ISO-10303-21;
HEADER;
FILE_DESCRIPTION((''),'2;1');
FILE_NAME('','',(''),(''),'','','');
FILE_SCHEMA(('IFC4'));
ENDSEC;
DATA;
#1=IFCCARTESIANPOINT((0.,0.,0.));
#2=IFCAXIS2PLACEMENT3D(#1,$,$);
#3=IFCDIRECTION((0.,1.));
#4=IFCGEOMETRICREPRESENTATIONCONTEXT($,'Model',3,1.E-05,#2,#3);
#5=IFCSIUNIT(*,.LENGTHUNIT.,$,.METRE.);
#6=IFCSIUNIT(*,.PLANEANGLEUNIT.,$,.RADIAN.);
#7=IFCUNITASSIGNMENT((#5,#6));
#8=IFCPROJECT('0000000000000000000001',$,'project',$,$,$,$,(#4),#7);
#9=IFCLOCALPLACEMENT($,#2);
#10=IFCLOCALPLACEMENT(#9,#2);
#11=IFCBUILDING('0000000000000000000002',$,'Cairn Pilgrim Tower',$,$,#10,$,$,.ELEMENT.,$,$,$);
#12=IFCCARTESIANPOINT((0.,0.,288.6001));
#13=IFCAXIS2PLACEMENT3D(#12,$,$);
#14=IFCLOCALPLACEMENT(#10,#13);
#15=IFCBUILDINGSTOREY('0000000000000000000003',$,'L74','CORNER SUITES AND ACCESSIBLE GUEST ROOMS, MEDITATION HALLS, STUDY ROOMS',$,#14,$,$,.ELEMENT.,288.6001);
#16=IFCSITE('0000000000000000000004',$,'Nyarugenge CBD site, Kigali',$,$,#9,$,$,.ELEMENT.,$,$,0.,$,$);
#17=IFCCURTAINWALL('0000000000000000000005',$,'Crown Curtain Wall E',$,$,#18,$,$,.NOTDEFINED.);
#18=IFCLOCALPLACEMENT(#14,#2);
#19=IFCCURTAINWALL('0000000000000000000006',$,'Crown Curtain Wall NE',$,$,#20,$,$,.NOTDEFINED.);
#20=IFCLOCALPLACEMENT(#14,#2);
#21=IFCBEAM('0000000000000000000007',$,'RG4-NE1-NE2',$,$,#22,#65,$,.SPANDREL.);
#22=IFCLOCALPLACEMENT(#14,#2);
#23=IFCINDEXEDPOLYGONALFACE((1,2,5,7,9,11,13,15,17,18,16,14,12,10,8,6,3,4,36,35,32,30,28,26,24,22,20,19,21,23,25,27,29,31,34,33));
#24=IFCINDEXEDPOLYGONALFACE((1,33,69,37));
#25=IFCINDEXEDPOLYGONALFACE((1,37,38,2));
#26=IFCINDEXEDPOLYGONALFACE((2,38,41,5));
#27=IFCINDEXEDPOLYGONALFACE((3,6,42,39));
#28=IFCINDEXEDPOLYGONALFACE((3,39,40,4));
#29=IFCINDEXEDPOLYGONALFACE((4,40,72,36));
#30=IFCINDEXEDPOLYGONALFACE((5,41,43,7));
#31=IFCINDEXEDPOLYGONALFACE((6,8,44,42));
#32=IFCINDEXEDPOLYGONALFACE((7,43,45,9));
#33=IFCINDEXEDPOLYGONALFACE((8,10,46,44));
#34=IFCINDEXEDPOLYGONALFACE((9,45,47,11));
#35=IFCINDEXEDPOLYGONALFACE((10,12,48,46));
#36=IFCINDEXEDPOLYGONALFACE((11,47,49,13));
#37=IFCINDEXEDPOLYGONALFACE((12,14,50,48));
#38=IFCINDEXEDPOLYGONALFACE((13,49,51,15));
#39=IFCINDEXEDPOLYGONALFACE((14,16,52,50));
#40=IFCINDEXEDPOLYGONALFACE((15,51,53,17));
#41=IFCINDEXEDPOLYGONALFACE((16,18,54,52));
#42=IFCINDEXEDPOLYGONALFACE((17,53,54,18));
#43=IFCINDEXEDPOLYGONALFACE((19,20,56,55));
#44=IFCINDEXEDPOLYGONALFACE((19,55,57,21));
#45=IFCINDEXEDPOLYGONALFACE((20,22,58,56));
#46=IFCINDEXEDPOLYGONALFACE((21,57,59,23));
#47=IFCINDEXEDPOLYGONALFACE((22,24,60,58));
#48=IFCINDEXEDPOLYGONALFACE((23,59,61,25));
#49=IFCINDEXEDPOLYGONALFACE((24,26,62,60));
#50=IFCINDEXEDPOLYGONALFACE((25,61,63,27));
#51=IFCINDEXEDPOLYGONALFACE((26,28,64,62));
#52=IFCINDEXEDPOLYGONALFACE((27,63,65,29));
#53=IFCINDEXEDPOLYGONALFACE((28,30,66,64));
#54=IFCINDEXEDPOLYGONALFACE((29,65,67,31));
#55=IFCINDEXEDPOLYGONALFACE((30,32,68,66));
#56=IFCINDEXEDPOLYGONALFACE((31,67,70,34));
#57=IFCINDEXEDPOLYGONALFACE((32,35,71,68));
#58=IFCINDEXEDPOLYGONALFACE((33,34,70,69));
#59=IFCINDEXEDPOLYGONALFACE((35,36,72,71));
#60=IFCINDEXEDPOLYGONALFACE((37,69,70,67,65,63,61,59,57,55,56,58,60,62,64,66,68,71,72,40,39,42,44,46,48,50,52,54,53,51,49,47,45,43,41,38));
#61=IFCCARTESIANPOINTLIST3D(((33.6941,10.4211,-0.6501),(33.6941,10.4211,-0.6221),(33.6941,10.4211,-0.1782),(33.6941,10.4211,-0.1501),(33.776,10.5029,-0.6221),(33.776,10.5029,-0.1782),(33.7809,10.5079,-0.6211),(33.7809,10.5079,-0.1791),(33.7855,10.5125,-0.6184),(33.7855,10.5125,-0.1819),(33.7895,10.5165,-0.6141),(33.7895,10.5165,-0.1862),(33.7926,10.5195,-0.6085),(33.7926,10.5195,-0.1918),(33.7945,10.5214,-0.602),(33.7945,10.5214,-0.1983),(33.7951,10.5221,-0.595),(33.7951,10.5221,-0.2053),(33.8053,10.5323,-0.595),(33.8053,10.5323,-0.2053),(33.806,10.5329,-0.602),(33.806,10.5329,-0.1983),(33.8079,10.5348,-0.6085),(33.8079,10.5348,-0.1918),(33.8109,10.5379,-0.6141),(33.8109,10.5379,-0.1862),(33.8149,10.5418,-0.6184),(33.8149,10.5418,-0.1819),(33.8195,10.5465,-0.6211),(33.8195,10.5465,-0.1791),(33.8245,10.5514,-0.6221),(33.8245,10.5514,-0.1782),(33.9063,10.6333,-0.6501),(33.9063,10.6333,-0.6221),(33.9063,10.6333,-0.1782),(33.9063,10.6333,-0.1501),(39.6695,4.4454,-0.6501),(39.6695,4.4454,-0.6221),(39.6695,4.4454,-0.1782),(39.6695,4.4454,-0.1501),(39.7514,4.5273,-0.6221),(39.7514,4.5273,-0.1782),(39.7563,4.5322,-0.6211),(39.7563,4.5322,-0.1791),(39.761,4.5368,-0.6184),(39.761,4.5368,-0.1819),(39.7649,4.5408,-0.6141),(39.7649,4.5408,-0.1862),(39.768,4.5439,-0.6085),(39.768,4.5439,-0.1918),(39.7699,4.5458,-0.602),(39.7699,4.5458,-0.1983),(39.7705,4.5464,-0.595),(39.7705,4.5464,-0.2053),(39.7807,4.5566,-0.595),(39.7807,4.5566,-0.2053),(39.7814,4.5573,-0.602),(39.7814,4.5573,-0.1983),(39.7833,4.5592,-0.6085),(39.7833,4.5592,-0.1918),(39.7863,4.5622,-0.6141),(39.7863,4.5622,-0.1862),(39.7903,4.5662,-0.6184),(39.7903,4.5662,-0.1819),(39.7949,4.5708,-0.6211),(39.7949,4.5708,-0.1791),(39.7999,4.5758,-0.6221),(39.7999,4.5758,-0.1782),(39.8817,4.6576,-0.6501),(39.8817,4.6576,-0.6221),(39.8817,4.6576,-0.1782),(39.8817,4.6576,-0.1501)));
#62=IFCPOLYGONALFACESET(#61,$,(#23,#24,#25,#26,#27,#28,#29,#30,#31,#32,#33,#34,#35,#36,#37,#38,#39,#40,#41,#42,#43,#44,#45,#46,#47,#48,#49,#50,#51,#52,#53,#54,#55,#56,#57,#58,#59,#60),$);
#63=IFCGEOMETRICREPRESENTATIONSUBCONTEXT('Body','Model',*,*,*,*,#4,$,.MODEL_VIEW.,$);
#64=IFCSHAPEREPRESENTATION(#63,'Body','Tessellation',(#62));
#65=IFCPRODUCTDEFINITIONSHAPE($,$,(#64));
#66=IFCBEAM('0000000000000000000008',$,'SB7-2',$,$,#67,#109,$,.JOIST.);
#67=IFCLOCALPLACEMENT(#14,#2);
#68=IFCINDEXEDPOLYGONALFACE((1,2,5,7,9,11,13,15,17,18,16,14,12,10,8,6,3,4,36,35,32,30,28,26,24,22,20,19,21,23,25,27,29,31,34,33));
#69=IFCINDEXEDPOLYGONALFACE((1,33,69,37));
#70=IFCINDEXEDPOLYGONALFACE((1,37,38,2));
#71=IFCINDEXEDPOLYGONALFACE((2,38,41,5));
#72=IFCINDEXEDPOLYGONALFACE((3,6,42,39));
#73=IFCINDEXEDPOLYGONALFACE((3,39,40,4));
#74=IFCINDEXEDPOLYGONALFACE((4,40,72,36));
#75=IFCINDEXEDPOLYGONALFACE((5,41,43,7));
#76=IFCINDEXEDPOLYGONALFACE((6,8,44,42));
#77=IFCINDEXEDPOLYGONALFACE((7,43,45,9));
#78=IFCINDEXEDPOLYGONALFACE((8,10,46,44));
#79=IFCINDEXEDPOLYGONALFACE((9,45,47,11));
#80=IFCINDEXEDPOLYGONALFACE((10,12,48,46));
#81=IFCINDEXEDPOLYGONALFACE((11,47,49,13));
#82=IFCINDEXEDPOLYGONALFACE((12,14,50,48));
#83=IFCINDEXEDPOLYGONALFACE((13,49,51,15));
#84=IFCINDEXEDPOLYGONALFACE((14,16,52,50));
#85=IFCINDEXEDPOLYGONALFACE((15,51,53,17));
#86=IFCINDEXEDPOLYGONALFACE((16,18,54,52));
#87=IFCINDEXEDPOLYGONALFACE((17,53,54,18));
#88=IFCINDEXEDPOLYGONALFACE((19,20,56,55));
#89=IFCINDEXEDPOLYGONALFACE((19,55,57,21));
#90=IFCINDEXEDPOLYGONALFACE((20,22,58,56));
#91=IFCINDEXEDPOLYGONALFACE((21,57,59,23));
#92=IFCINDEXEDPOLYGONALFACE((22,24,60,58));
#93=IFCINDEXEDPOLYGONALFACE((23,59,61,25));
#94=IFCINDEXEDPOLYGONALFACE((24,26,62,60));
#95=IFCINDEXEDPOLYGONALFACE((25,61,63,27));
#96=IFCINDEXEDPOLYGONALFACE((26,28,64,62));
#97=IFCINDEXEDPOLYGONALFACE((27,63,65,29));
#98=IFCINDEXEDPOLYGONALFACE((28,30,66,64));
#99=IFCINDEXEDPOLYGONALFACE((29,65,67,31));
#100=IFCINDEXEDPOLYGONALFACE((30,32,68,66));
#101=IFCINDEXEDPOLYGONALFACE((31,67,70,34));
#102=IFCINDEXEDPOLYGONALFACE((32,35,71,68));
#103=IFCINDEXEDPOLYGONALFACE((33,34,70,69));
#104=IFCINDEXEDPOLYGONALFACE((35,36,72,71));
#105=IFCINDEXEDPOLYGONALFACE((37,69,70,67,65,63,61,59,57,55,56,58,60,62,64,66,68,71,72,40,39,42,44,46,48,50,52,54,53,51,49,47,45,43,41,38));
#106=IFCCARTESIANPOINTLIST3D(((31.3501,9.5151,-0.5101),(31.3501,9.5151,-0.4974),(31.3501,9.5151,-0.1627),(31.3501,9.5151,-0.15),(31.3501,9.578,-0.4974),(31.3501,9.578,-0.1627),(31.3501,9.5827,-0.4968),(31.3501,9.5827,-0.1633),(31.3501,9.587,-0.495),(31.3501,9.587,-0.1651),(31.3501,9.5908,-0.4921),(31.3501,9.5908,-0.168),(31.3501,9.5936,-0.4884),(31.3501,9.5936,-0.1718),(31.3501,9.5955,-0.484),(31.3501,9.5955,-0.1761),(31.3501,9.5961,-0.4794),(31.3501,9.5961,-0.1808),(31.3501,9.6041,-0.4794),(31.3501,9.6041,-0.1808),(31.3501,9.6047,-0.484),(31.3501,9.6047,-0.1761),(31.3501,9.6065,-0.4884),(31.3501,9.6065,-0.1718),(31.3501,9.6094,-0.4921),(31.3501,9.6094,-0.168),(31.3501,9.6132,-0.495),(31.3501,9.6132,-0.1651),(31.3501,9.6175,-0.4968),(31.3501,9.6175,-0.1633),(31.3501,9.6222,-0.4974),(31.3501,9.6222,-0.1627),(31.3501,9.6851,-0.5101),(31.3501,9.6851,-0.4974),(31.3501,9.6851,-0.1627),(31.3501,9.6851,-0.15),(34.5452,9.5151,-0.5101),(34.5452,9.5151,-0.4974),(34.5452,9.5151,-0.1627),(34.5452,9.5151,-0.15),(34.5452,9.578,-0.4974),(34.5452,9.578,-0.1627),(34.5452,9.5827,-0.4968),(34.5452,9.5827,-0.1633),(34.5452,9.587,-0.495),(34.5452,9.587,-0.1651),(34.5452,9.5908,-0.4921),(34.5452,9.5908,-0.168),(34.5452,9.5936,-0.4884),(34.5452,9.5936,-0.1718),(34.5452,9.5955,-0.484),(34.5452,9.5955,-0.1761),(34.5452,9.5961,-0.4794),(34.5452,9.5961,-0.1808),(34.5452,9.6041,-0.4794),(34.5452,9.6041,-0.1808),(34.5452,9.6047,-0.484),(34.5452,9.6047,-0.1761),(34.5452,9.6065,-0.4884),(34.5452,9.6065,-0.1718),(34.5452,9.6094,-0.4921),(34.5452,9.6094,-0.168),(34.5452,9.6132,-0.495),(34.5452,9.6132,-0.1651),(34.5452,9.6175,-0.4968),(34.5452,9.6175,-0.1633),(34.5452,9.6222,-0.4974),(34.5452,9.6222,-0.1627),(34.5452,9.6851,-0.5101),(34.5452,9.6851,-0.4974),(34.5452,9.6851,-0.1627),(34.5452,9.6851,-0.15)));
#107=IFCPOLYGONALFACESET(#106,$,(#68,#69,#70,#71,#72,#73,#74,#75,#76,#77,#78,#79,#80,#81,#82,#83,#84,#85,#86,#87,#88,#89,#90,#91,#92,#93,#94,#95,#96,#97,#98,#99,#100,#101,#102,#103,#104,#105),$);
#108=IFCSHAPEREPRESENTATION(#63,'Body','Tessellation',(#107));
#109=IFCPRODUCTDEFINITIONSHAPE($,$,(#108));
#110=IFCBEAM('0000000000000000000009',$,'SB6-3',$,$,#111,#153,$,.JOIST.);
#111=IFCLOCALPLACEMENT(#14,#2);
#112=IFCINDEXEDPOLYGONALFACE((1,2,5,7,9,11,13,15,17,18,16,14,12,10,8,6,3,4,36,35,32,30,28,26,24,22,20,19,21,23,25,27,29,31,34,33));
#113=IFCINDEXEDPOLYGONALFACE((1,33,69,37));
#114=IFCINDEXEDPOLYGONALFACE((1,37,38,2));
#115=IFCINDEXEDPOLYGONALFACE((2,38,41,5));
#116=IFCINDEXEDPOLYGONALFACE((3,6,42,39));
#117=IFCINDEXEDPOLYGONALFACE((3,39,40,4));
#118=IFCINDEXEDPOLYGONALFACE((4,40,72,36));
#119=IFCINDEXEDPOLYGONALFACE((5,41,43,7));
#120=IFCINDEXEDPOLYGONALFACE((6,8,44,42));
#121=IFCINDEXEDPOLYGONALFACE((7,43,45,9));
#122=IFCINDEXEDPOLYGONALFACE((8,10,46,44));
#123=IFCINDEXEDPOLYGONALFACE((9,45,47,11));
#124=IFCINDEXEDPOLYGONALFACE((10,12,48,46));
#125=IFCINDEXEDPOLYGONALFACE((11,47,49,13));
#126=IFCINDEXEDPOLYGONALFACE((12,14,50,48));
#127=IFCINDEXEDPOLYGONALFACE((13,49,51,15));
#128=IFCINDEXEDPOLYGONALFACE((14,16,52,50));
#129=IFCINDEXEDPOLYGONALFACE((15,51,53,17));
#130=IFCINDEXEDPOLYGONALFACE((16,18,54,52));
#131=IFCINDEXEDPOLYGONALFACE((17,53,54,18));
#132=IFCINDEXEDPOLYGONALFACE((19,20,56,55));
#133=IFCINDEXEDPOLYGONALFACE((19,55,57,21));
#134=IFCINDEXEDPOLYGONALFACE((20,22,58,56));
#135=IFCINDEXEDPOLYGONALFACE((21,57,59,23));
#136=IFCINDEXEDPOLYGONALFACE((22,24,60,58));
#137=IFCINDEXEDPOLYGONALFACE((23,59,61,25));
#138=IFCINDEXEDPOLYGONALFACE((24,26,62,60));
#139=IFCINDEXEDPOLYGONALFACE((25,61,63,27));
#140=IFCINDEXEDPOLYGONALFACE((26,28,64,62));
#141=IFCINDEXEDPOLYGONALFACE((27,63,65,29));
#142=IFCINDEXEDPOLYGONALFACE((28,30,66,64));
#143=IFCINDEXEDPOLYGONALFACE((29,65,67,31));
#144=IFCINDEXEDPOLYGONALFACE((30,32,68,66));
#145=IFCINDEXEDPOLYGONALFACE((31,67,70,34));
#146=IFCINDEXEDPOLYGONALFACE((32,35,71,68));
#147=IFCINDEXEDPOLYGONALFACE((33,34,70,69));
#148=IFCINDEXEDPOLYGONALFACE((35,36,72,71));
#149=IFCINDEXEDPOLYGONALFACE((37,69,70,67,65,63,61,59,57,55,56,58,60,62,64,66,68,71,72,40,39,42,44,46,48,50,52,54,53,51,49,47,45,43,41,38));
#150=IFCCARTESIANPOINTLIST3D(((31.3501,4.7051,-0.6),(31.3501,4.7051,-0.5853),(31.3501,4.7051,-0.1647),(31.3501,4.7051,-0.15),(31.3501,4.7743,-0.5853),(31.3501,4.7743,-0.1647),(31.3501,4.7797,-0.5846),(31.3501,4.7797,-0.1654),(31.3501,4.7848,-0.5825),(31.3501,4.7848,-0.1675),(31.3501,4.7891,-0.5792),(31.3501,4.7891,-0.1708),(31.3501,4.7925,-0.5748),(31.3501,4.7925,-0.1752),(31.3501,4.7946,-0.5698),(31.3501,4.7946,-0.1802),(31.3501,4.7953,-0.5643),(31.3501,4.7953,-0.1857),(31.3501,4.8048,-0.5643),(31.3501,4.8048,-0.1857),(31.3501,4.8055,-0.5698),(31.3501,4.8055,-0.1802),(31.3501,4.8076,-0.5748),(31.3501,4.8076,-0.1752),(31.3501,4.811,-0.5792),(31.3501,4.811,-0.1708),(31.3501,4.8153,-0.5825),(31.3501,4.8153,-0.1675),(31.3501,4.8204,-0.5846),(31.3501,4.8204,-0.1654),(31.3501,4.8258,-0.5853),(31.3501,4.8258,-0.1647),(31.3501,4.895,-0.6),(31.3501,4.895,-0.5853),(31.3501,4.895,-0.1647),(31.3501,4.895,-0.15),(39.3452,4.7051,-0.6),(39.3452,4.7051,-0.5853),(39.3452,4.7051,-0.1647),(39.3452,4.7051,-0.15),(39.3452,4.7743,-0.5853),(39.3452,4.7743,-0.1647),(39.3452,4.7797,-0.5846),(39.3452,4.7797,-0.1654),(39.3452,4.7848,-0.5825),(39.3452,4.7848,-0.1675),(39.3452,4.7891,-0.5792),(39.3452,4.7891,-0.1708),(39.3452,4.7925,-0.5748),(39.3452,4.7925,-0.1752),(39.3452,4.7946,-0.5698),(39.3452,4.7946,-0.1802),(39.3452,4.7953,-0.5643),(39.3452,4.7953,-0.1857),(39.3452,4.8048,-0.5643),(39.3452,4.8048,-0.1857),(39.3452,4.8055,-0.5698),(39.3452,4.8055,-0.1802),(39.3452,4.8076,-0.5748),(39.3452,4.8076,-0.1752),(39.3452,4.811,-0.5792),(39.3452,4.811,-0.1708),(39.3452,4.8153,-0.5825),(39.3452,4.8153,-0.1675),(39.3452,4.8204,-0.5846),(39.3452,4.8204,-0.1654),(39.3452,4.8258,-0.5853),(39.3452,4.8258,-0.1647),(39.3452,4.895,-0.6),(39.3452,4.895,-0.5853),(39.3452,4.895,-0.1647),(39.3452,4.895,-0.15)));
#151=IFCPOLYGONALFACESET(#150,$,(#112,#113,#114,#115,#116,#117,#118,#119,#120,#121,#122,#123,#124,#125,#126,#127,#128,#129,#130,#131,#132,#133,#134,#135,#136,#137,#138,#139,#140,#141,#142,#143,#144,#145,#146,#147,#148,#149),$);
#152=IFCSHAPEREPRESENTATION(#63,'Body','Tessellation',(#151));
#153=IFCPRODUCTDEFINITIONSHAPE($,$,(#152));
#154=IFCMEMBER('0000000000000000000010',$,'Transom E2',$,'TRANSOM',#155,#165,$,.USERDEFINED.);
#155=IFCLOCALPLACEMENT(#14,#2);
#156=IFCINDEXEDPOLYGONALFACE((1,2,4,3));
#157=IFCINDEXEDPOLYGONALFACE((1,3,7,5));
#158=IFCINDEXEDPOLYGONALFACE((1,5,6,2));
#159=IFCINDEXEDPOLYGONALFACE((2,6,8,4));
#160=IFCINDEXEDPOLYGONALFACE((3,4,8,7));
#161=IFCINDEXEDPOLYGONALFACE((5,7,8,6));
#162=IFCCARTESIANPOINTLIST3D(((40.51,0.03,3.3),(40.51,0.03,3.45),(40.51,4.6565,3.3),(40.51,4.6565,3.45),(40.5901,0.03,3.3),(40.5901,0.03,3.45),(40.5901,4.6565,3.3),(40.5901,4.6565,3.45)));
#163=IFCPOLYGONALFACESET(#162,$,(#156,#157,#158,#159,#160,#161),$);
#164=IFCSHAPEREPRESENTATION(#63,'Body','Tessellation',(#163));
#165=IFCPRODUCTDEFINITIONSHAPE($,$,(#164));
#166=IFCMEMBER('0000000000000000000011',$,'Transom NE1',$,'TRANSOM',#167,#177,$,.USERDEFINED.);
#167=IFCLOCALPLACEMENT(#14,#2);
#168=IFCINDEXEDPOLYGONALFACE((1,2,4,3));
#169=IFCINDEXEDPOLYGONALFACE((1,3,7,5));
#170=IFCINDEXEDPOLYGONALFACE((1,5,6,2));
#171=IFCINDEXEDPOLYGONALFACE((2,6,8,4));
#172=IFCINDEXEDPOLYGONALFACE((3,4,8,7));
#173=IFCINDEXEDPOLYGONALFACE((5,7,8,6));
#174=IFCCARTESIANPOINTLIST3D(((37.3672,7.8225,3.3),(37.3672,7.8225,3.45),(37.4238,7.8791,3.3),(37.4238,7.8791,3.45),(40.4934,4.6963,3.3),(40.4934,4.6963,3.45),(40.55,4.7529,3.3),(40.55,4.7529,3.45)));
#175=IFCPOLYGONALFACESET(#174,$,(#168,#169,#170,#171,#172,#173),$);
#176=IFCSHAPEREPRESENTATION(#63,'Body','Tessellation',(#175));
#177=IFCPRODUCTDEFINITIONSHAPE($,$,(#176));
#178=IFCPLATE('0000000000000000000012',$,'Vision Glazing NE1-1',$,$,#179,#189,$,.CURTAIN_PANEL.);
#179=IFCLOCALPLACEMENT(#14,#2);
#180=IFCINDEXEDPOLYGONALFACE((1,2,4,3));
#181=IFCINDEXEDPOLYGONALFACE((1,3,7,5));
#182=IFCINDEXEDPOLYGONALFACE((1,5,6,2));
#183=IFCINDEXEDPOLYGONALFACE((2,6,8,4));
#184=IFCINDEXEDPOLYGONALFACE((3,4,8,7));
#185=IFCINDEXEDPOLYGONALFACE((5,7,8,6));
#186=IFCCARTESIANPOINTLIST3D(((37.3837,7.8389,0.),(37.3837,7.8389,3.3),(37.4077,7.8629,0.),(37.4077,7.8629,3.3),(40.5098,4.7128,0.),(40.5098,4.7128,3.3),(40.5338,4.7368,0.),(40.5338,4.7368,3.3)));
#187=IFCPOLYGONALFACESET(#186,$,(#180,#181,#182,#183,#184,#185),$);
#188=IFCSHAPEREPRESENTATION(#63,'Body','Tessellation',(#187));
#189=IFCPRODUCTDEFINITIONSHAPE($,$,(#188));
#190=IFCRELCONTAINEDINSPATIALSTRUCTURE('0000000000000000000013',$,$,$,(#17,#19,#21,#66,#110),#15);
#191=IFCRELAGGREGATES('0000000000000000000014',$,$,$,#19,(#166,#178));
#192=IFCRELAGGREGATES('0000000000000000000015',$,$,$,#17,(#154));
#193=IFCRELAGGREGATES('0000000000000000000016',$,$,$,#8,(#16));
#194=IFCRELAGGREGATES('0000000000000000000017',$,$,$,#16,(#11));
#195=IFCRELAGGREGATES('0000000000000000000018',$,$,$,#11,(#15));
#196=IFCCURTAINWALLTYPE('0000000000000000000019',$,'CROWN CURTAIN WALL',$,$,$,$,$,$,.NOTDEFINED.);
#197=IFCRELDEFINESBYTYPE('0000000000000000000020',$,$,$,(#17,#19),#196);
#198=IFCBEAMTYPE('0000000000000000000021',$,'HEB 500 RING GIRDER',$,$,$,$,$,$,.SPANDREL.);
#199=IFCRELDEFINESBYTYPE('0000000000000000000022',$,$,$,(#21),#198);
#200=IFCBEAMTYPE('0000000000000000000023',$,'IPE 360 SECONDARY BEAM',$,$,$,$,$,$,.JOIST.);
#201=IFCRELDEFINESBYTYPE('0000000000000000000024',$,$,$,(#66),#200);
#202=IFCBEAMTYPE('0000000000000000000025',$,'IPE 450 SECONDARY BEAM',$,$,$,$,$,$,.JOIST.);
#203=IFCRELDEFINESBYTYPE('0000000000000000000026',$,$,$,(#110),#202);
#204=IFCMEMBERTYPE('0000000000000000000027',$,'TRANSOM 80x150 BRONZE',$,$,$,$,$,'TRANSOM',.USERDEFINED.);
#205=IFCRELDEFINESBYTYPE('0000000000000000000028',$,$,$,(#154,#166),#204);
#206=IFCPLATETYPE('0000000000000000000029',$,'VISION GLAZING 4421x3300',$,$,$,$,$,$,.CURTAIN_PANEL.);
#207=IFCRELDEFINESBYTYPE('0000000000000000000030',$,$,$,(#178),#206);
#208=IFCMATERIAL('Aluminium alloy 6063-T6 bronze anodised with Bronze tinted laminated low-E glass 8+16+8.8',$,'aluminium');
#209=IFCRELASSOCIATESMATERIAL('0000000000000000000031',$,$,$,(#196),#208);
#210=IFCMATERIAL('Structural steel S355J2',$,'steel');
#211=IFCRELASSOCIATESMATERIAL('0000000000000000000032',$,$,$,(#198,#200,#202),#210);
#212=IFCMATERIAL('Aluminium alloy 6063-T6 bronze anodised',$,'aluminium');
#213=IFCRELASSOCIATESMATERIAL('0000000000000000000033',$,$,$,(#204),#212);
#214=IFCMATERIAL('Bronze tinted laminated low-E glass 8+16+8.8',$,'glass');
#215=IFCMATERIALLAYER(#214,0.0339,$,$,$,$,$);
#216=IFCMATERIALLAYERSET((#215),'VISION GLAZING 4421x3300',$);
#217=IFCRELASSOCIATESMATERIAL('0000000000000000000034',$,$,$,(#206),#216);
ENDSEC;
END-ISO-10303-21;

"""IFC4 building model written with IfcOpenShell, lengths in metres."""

from ifc_helpers import new_model, si_unit, direction, frame, origin, origin_2d, place, context, subcontext, project, spatial, rectangle, i_section, extrude, material, layer, layer_set, material_profile, profile_set, type_object, element, aggregate, save


model = new_model("IFC4")

# Units and contexts
model_context = context("Model", 3, precision=1e-05, world=origin(), true_north=direction((0.0, 1.0)))
body_context = subcontext(model_context, "Body", "Model", "MODEL_VIEW")
ifc_project = project(units=[si_unit("LENGTHUNIT", "METRE"), si_unit("PLANEANGLEUNIT", "RADIAN")], contexts=[model_context])

# Site, building, storey
site_placement = place(None, origin())
site = spatial("IfcSite", under=ifc_project, at=site_placement, Name="Nyarugenge CBD site, Kigali", CompositionType="ELEMENT", RefElevation=0.0)
building_placement = place(site_placement, origin())
building = spatial("IfcBuilding", under=site, at=building_placement, Name="Cairn Pilgrim Tower", CompositionType="ELEMENT")
storey_placement = place(building_placement, frame((0.0, 0.0, 288.6001)))
storey = spatial("IfcBuildingStorey", under=building, at=storey_placement, Name="L74", Description="CORNER SUITES AND ACCESSIBLE GUEST ROOMS, MEDITATION HALLS, STUDY ROOMS", CompositionType="ELEMENT", Elevation=288.6001)

# Shared definitions
ifc_material_1 = material(Name="Structural steel S355J2", Category="steel")

# Curtain wall
ifc_material_2 = material(Name="Aluminium alloy 6063-T6 bronze anodised with Bronze tinted laminated low-E glass 8+16+8.8", Category="aluminium")
curtain_wall_type = type_object("IfcCurtainWallType", Name="CROWN CURTAIN WALL", PredefinedType="NOTDEFINED", material=ifc_material_2)
curtain_wall_1_placement = place(storey_placement, origin())
curtain_wall_1 = element("IfcCurtainWall", 1, at=curtain_wall_1_placement, inside=storey, type_object=curtain_wall_type, Name="Crown Curtain Wall E", PredefinedType="NOTDEFINED")
ifc_material_3 = material(Name="Aluminium alloy 6063-T6 bronze anodised", Category="aluminium")

# Curtain wall
curtain_wall_2_placement = place(storey_placement, origin())
curtain_wall_2 = element("IfcCurtainWall", 2, at=curtain_wall_2_placement, inside=storey, type_object=curtain_wall_type, Name="Crown Curtain Wall NE", PredefinedType="NOTDEFINED")

# Beams
ifc_material_profile_1 = material_profile(ifc_material_1, i_section(OverallWidth=0.3, OverallDepth=0.5, WebThickness=0.0144, FlangeThickness=0.0281, FilletRadius=0.0271, at=origin_2d()), Name="HEB 500")
ifc_profile_set_1 = profile_set([ifc_material_profile_1], Name="Structural steel S355J2")
beam_type_1 = type_object("IfcBeamType", Name="HEB 500 RING GIRDER", PredefinedType="SPANDREL", material=ifc_profile_set_1)
beam_1_placement = place(storey_placement, frame((39.7756, 4.5515, -0.4001), z_axis=(-0.707092, 0.707121, 0.0), x_axis=(-0.707121, -0.707092, 0.0)))
element("IfcBeam", 3, at=beam_1_placement, inside=storey, type_object=beam_type_1, Name="RG4-NE1-NE2", PredefinedType="SPANDREL", context=body_context, shape_type="SweptSolid", body=[
    extrude(i_section(OverallWidth=0.3, OverallDepth=0.5, WebThickness=0.0144, FlangeThickness=0.0281, FilletRadius=0.0271, at=origin_2d()), origin(), (0.0, 0.0, 1.0), 8.4507),
])
ifc_material_profile_2 = material_profile(ifc_material_1, i_section(OverallWidth=0.1699, OverallDepth=0.3601, WebThickness=0.0081, FlangeThickness=0.0127, FilletRadius=0.0181, at=origin_2d()), Name="IPE 360")
ifc_profile_set_2 = profile_set([ifc_material_profile_2], Name="Structural steel S355J2")
beam_type_2 = type_object("IfcBeamType", Name="IPE 360 SECONDARY BEAM", PredefinedType="JOIST", material=ifc_profile_set_2)
beam_2_placement = place(storey_placement, frame((31.3501, 9.6001, -0.3301), z_axis=(1.0, 0.0, 0.0), x_axis=(0.0, 1.0, 0.0)))
element("IfcBeam", 4, at=beam_2_placement, inside=storey, type_object=beam_type_2, Name="SB7-2", PredefinedType="JOIST", context=body_context, shape_type="SweptSolid", body=[
    extrude(i_section(OverallWidth=0.1699, OverallDepth=0.3601, WebThickness=0.0081, FlangeThickness=0.0127, FilletRadius=0.0181, at=origin_2d()), origin(), (0.0, 0.0, 1.0), 3.1951),
])
ifc_material_profile_3 = material_profile(ifc_material_1, i_section(OverallWidth=0.1899, OverallDepth=0.45, WebThickness=0.0095, FlangeThickness=0.0146, FilletRadius=0.021, at=origin_2d()), Name="IPE 450")
ifc_profile_set_3 = profile_set([ifc_material_profile_3], Name="Structural steel S355J2")
beam_type_3 = type_object("IfcBeamType", Name="IPE 450 SECONDARY BEAM", PredefinedType="JOIST", material=ifc_profile_set_3)
beam_3_placement = place(storey_placement, frame((31.3501, 4.8, -0.375), z_axis=(1.0, 0.0, 0.0), x_axis=(0.0, 1.0, 0.0)))
element("IfcBeam", 5, at=beam_3_placement, inside=storey, type_object=beam_type_3, Name="SB6-3", PredefinedType="JOIST", context=body_context, shape_type="SweptSolid", body=[
    extrude(i_section(OverallWidth=0.1899, OverallDepth=0.45, WebThickness=0.0095, FlangeThickness=0.0146, FilletRadius=0.021, at=origin_2d()), origin(), (0.0, 0.0, 1.0), 7.9951),
])

# Members
ifc_material_profile_4 = material_profile(ifc_material_3, rectangle(XDim=0.0801, YDim=0.1499, at=origin_2d()), Name="TRANSOM 80x150 BRONZE")
ifc_profile_set_4 = profile_set([ifc_material_profile_4], Name="Aluminium alloy 6063-T6 bronze anodised")
member_type_1 = type_object("IfcMemberType", Name="TRANSOM 80x150 BRONZE", ElementType="TRANSOM", PredefinedType="USERDEFINED", material=ifc_profile_set_4)
member_1_placement = place(storey_placement, frame((40.55, 0.03, 3.375), z_axis=(0.0, 1.0, 0.0), x_axis=(-1.0, 0.0, 0.0)))
member_1 = element("IfcMember", 6, at=member_1_placement, type_object=member_type_1, Name="Transom E2", ObjectType="TRANSOM", PredefinedType="USERDEFINED", context=body_context, shape_type="SweptSolid", body=[
    extrude(rectangle(XDim=0.0801, YDim=0.1499, at=origin_2d()), origin(), (0.0, 0.0, 1.0), 4.6265),
])
member_2_placement = place(storey_placement, frame((40.5217, 4.7246, 3.375), z_axis=(-0.707107, 0.707107, 0.0), x_axis=(-0.707107, -0.707107, 0.0)))
member_2 = element("IfcMember", 7, at=member_2_placement, type_object=member_type_1, Name="Transom NE1", ObjectType="TRANSOM", PredefinedType="USERDEFINED", context=body_context, shape_type="SweptSolid", body=[
    extrude(rectangle(XDim=0.0801, YDim=0.1499, at=origin_2d()), origin(), (0.0, 0.0, 1.0), 4.4211),
])

# Plate
ifc_material_4 = material(Name="Bronze tinted laminated low-E glass 8+16+8.8", Category="glass")
ifc_layer_1 = layer(ifc_material_4, 0.0339)
ifc_layer_set_1 = layer_set([ifc_layer_1], Name="VISION GLAZING 4421x3300")
plate_type_1 = type_object("IfcPlateType", Name="VISION GLAZING 4421x3300", PredefinedType="CURTAIN_PANEL", material=ifc_layer_set_1)
plate_1_placement = place(storey_placement, frame((38.9587, 6.2878, 0.0), z_axis=(0.0, 0.0, 1.0), x_axis=(-0.707107, 0.707107, 0.0)))
plate_1 = element("IfcPlate", 8, at=plate_1_placement, type_object=plate_type_1, Name="Vision Glazing NE1-1", PredefinedType="CURTAIN_PANEL", context=body_context, shape_type="SweptSolid", body=[
    extrude(rectangle(XDim=4.4209, YDim=0.0339, at=origin_2d()), origin(), (0.0, 0.0, 1.0), 3.3),
])
aggregate(curtain_wall_2, [member_2, plate_1])
aggregate(curtain_wall_1, [member_1])

save(model, "model.ifc")
